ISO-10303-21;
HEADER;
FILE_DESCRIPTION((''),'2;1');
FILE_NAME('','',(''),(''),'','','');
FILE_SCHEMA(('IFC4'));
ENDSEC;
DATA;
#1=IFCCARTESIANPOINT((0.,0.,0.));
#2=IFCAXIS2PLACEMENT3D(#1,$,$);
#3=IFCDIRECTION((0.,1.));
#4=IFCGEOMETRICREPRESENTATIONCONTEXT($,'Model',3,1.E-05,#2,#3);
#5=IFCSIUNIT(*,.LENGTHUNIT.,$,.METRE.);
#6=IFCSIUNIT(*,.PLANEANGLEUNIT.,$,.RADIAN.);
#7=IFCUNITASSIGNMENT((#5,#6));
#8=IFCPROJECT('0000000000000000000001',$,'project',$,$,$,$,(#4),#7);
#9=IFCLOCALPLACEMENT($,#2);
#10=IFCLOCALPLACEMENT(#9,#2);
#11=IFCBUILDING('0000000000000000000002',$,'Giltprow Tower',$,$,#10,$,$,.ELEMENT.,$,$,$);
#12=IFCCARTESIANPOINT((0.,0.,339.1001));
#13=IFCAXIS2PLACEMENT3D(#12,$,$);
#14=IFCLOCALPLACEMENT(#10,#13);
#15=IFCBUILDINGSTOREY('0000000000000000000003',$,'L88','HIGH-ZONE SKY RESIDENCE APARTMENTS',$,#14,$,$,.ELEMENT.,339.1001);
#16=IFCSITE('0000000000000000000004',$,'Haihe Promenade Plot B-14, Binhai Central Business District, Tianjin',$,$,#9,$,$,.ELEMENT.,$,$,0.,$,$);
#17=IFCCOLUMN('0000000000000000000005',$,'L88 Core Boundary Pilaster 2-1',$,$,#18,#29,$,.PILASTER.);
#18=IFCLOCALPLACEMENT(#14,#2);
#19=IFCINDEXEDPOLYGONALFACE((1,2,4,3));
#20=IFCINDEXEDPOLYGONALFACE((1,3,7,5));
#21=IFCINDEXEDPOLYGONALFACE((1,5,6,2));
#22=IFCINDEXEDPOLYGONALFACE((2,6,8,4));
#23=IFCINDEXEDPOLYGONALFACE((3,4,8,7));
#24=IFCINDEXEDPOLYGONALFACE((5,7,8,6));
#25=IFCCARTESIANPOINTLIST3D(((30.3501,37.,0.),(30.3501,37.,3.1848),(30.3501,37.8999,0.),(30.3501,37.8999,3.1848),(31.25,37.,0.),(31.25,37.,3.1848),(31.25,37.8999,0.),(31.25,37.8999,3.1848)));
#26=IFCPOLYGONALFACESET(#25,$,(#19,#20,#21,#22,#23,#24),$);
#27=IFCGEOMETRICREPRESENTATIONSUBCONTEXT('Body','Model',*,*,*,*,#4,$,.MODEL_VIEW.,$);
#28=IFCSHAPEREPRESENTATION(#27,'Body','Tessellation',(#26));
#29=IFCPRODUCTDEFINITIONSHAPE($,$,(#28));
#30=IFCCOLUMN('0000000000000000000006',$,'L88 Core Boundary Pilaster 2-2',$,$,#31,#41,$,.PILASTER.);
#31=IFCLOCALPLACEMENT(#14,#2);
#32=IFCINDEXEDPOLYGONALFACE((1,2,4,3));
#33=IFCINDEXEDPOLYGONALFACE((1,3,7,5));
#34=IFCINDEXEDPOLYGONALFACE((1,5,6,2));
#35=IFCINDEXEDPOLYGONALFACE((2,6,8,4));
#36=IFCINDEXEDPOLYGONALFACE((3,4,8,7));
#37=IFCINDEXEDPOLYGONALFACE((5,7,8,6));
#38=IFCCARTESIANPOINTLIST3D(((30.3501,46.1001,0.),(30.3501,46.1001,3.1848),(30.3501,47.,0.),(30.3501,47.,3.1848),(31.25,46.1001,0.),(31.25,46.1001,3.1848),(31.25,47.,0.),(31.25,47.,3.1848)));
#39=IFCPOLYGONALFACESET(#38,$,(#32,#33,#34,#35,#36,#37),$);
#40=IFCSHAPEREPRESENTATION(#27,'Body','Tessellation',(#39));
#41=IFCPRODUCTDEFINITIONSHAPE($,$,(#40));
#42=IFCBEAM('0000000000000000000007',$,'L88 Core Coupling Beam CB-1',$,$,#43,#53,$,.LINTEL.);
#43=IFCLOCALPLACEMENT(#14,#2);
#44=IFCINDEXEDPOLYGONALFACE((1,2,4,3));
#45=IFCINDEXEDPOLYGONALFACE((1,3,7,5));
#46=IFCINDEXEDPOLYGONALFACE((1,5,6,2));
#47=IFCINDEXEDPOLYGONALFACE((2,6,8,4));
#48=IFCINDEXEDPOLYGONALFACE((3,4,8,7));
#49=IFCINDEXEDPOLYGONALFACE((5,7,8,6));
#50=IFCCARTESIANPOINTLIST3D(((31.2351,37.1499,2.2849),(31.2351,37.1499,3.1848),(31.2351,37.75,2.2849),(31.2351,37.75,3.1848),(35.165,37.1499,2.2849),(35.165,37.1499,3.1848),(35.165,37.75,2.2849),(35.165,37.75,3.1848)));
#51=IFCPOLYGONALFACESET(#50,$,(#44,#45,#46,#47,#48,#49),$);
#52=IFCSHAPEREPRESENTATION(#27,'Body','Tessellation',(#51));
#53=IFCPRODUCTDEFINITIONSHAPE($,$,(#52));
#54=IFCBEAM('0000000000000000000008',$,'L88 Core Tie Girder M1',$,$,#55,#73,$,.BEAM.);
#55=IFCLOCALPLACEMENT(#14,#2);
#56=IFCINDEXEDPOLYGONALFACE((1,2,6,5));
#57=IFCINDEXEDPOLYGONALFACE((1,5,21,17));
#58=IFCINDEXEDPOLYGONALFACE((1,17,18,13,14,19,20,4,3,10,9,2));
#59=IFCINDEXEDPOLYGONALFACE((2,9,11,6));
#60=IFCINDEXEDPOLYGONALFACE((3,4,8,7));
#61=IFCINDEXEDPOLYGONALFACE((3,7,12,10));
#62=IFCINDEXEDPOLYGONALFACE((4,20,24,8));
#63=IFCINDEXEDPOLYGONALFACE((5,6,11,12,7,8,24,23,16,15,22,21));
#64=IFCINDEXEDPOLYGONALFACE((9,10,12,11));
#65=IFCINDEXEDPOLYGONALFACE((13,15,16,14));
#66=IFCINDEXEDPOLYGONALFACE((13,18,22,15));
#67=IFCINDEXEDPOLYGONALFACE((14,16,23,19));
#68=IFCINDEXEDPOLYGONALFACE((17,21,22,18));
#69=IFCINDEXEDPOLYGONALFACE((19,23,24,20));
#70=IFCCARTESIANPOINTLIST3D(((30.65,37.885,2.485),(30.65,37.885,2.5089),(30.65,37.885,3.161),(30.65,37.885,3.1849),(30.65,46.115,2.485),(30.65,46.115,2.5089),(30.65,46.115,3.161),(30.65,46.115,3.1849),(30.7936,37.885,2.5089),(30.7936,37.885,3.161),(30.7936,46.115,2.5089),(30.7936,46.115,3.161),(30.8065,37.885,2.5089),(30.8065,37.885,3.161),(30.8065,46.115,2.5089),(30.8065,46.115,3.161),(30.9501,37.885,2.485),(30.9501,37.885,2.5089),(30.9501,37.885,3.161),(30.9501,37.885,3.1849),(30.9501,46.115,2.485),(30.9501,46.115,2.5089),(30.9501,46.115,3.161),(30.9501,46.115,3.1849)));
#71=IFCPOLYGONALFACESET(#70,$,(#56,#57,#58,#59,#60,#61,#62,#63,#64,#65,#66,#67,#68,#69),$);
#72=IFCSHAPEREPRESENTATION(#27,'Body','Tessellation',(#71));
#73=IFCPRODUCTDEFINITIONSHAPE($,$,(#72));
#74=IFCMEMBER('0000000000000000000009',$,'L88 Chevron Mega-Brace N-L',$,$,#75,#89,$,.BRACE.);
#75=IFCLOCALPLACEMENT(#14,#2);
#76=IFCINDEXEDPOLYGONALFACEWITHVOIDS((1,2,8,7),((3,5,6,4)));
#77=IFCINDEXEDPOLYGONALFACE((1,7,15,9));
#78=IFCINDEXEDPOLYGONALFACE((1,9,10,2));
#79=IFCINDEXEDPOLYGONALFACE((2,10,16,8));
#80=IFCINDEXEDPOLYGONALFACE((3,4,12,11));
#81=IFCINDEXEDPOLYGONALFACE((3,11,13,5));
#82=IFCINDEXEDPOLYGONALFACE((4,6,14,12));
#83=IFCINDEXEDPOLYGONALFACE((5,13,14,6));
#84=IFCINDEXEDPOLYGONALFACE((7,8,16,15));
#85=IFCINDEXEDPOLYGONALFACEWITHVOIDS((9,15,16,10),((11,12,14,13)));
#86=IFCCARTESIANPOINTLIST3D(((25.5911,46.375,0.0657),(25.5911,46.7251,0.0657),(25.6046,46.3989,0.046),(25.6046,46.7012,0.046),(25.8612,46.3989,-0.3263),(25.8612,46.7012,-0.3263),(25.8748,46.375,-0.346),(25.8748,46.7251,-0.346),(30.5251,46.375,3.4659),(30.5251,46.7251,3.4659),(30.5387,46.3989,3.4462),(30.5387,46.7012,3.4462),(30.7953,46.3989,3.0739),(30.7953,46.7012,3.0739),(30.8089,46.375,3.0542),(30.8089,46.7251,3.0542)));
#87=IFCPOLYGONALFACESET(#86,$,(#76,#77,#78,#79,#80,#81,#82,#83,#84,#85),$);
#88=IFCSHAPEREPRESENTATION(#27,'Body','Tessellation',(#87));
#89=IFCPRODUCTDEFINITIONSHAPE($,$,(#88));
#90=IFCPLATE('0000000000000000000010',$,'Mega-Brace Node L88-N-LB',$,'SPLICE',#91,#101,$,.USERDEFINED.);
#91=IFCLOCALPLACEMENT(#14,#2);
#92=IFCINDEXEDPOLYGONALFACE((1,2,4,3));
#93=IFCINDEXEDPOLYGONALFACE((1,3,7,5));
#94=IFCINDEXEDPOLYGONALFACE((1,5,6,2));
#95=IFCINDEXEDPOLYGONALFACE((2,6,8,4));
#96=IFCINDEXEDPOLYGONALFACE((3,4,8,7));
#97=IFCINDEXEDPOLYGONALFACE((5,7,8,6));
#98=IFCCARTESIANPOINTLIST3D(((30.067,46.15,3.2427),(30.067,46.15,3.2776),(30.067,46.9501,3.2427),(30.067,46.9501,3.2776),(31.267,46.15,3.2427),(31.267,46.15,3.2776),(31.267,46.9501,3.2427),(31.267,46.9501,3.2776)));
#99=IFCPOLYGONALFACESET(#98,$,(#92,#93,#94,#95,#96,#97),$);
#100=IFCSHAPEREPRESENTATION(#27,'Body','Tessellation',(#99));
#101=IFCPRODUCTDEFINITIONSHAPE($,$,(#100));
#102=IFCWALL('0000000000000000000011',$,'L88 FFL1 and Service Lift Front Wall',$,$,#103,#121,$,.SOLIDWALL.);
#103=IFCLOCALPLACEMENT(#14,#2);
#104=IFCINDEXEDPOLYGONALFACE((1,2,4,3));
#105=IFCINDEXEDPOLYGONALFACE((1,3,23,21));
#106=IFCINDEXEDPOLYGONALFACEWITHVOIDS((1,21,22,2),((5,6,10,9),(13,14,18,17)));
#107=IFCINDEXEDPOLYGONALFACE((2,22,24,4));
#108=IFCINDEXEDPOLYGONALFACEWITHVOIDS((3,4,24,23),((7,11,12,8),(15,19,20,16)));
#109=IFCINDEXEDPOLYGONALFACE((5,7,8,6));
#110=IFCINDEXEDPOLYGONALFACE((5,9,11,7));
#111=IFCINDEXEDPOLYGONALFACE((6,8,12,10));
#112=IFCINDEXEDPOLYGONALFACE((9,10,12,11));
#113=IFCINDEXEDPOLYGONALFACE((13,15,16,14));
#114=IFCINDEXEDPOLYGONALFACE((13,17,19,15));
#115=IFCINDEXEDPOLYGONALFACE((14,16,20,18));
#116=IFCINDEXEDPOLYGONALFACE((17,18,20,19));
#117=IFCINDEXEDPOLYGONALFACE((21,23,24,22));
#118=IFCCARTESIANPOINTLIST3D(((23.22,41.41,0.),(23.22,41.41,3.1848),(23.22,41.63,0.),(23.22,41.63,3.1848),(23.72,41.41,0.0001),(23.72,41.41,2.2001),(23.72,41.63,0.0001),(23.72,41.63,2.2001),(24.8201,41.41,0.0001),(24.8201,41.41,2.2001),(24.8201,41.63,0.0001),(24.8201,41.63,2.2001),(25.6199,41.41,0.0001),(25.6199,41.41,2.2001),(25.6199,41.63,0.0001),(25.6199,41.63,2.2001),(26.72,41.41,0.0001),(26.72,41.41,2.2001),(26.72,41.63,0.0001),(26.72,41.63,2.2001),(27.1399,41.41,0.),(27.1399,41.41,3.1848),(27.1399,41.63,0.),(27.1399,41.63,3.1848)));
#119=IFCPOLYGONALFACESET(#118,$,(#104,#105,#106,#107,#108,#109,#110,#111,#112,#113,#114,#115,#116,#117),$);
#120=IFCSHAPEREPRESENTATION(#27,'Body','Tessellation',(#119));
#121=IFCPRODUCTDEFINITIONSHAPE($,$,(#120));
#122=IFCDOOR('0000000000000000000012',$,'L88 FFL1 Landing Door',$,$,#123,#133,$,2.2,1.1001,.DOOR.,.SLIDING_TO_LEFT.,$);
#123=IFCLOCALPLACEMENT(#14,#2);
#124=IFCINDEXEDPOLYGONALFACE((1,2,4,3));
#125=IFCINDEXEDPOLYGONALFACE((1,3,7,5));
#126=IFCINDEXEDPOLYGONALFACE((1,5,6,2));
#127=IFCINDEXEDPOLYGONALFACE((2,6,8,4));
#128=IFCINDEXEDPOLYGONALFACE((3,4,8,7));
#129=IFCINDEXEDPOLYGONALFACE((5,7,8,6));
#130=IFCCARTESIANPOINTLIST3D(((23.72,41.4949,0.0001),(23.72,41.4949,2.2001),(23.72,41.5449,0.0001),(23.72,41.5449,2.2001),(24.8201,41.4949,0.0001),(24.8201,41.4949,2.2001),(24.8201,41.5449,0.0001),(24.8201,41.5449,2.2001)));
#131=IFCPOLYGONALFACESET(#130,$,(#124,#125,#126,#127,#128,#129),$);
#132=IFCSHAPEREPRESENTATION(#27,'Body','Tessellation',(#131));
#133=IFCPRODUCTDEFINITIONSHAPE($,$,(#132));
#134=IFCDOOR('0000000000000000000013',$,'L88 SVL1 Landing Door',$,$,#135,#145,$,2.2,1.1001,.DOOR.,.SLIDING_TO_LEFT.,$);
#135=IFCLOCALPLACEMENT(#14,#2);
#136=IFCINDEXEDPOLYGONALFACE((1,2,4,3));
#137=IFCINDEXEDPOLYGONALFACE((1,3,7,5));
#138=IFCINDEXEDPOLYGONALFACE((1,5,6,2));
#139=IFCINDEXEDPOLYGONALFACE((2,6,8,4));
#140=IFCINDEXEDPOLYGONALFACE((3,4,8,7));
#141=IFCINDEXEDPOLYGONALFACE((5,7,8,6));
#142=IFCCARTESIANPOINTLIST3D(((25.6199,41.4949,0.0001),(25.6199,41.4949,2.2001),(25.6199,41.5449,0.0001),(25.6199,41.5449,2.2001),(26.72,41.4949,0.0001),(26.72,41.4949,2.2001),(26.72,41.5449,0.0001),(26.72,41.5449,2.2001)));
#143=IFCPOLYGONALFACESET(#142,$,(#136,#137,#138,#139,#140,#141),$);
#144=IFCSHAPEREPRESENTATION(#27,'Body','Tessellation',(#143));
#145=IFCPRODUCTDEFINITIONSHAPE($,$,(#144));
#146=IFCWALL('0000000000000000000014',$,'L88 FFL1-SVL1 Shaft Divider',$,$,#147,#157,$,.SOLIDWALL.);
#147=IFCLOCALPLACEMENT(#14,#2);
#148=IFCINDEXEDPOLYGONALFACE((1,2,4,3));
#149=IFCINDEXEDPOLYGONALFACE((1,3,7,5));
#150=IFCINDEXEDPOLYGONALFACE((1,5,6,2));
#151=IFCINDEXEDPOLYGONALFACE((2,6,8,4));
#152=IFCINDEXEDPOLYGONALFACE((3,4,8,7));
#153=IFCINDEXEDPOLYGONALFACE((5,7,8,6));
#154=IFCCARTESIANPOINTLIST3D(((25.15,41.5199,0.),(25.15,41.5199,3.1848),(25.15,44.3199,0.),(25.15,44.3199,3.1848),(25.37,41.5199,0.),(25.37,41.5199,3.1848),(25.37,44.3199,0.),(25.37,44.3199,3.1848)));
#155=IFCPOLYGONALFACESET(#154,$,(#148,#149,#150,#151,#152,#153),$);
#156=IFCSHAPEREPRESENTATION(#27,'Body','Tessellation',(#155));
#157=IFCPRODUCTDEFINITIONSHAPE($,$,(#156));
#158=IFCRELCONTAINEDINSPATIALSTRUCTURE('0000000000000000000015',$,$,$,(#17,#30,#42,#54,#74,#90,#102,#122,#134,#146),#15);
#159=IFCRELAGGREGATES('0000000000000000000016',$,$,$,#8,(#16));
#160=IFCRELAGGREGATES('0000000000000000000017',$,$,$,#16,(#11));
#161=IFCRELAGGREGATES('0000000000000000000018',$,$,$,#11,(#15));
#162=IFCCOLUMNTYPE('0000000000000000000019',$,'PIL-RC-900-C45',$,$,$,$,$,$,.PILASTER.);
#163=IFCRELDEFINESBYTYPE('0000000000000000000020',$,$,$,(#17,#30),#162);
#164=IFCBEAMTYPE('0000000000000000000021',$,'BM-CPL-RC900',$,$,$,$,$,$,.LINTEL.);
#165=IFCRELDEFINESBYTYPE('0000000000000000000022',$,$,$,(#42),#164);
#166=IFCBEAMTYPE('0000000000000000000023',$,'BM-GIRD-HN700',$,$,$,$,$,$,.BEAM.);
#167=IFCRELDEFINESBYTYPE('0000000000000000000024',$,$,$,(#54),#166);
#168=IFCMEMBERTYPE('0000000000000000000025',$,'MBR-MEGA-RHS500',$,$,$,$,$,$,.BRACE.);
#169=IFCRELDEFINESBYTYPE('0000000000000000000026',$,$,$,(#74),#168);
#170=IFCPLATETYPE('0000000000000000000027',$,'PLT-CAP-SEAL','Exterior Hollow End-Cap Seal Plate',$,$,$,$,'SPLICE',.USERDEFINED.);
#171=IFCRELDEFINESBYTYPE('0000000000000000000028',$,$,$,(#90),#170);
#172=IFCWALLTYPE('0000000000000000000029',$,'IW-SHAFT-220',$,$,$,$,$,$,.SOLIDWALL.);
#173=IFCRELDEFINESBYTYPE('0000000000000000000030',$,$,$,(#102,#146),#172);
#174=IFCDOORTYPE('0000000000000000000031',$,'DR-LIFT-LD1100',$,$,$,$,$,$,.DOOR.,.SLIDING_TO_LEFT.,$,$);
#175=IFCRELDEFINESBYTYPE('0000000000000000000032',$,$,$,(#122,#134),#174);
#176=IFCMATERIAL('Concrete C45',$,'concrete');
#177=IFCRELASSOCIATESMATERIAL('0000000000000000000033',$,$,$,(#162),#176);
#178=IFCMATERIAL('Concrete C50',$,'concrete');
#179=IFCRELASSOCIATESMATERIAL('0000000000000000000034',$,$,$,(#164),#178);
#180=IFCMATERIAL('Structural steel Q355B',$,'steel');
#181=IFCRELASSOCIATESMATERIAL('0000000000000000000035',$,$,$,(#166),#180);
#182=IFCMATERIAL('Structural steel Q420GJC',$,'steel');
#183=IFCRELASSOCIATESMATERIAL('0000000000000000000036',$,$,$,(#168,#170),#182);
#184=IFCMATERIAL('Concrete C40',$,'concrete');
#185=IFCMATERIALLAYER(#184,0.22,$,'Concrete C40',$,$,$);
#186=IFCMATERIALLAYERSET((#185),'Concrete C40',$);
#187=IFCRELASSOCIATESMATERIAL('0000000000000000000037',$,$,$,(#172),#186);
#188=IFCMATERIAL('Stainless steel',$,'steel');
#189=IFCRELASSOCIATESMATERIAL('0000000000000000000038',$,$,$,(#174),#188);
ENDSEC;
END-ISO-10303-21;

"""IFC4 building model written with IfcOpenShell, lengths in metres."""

from ifc_helpers import new_model, si_unit, direction, frame, frame_2d, origin, origin_2d, place, context, subcontext, project, spatial, rectangle, hollow_rectangle, i_section, extrude, source, transform, mapped, material, layer, layer_set, material_profile, profile_set, type_object, element, fill, save


model = new_model("IFC4")

# Units and contexts
model_context = context("Model", 3, precision=1e-05, world=origin(), true_north=direction((0.0, 1.0)))
body_context = subcontext(model_context, "Body", "Model", "MODEL_VIEW")
ifc_project = project(units=[si_unit("LENGTHUNIT", "METRE"), si_unit("PLANEANGLEUNIT", "RADIAN")], contexts=[model_context])

# Site, building, storey
site_placement = place(None, origin())
site = spatial("IfcSite", under=ifc_project, at=site_placement, Name="Haihe Promenade Plot B-14, Binhai Central Business District, Tianjin", CompositionType="ELEMENT", RefElevation=0.0)
building_placement = place(site_placement, origin())
building = spatial("IfcBuilding", under=site, at=building_placement, Name="Giltprow Tower", CompositionType="ELEMENT")
storey_placement = place(building_placement, frame((0.0, 0.0, 339.1001)))
storey = spatial("IfcBuildingStorey", under=building, at=storey_placement, Name="L88", Description="HIGH-ZONE SKY RESIDENCE APARTMENTS", CompositionType="ELEMENT", Elevation=339.1001)

# Columns
ifc_material_1 = material(Name="Concrete C45", Category="concrete")
ifc_material_profile_1 = material_profile(ifc_material_1, rectangle(XDim=0.8999, YDim=0.8999, at=origin_2d()), Name="RC 900x900")
ifc_profile_set_1 = profile_set([ifc_material_profile_1], Name="Concrete C45")
column_type = type_object("IfcColumnType", Name="PIL-RC-900-C45", PredefinedType="PILASTER", material=ifc_profile_set_1)
shared_shape_1 = source(origin(), body_context, "Body", "SweptSolid", [
    extrude(rectangle(XDim=0.8999, YDim=0.8999, at=origin_2d()), origin(), (0.0, 0.0, 1.0), 3.1848),
])
for number, where, z_axis, x_axis, name in (
    (1, (30.8, 37.45, 0.0), (0.0, 0.0, 1.0), (1.0, 0.0, 0.0), "L88 Core Boundary Pilaster 2-1"),
    (2, (30.8, 46.55, 0.0), (0.0, 0.0, 1.0), (1.0, 0.0, 0.0), "L88 Core Boundary Pilaster 2-2"),
):
    element("IfcColumn", number, at=place(storey_placement, frame(where, z_axis=z_axis, x_axis=x_axis)), inside=storey, type_object=column_type, Name=name, PredefinedType="PILASTER", context=body_context, shape_type="MappedRepresentation", body=[
        mapped(shared_shape_1, transform((0.0, 0.0, 0.0), x_axis=(1.0, 0.0, 0.0), y_axis=(0.0, 1.0, 0.0), z_axis=(0.0, 0.0, 1.0), scale=1.0)),
    ])

# Beams
ifc_material_2 = material(Name="Concrete C50", Category="concrete")
ifc_material_profile_2 = material_profile(ifc_material_2, rectangle(XDim=0.6001, YDim=0.8999, at=origin_2d()), Name="RC 900x600")
ifc_profile_set_2 = profile_set([ifc_material_profile_2], Name="Concrete C50")
beam_type_1 = type_object("IfcBeamType", Name="BM-CPL-RC900", PredefinedType="LINTEL", material=ifc_profile_set_2)
shared_shape_2 = source(origin(), body_context, "Body", "SweptSolid", [
    extrude(rectangle(XDim=0.6001, YDim=0.8999, at=origin_2d()), origin(), (0.0, 0.0, 1.0), 3.9299),
])
beam_1_placement = place(storey_placement, frame((31.2351, 37.45, 2.7349), z_axis=(1.0, 0.0, 0.0), x_axis=(0.0, 1.0, 0.0)))
element("IfcBeam", 3, at=beam_1_placement, inside=storey, type_object=beam_type_1, Name="L88 Core Coupling Beam CB-1", PredefinedType="LINTEL", context=body_context, shape_type="MappedRepresentation", body=[
    mapped(shared_shape_2, transform((0.0, 0.0, 0.0), x_axis=(1.0, 0.0, 0.0), y_axis=(0.0, 1.0, 0.0), z_axis=(0.0, 0.0, 1.0), scale=1.0)),
])
ifc_material_3 = material(Name="Structural steel Q355B", Category="steel")
ifc_material_profile_3 = material_profile(ifc_material_3, i_section(OverallWidth=0.3, OverallDepth=0.7, WebThickness=0.0129, FlangeThickness=0.0239, at=origin_2d()), Name="HN 700x300x13x24")
ifc_profile_set_3 = profile_set([ifc_material_profile_3], Name="Structural steel Q355B")
beam_type_2 = type_object("IfcBeamType", Name="BM-GIRD-HN700", PredefinedType="BEAM", material=ifc_profile_set_3)
shared_shape_3 = source(origin(), body_context, "Body", "SweptSolid", [
    extrude(i_section(OverallWidth=0.3, OverallDepth=0.7, WebThickness=0.0129, FlangeThickness=0.0239, at=origin_2d()), origin(), (0.0, 0.0, 1.0), 8.23),
])
beam_2_placement = place(storey_placement, frame((30.8, 37.885, 2.835), z_axis=(0.0, 1.0, 0.0), x_axis=(-1.0, 0.0, 0.0)))
element("IfcBeam", 4, at=beam_2_placement, inside=storey, type_object=beam_type_2, Name="L88 Core Tie Girder M1", PredefinedType="BEAM", context=body_context, shape_type="MappedRepresentation", body=[
    mapped(shared_shape_3, transform((0.0, 0.0, 0.0), x_axis=(1.0, 0.0, 0.0), y_axis=(0.0, 1.0, 0.0), z_axis=(0.0, 0.0, 1.0), scale=1.0)),
])

# Member
ifc_material_4 = material(Name="Structural steel Q420GJC", Category="steel")
ifc_material_profile_4 = material_profile(ifc_material_4, hollow_rectangle(XDim=0.3501, YDim=0.5, WallThickness=0.0239, at=origin_2d()), Name="RHS 500x350x24")
ifc_profile_set_4 = profile_set([ifc_material_profile_4], Name="Structural steel Q420GJC")
member_type = type_object("IfcMemberType", Name="MBR-MEGA-RHS500", PredefinedType="BRACE", material=ifc_profile_set_4)
shared_shape_4 = source(origin(), body_context, "Body", "SweptSolid", [
    extrude(hollow_rectangle(XDim=0.3501, YDim=0.5, WallThickness=0.0239, at=origin_2d()), origin(), (0.0, 0.0, 1.0), 5.9922),
])
member_placement = place(storey_placement, frame((25.7329, 46.55, -0.1401), z_axis=(0.823421, 0.0, 0.567431), x_axis=(0.0, 1.0, 0.0)))
element("IfcMember", 5, at=member_placement, inside=storey, type_object=member_type, Name="L88 Chevron Mega-Brace N-L", PredefinedType="BRACE", context=body_context, shape_type="MappedRepresentation", body=[
    mapped(shared_shape_4, transform((0.0, 0.0, 0.0), x_axis=(1.0, 0.0, 0.0), y_axis=(0.0, 1.0, 0.0), z_axis=(0.0, 0.0, 1.0), scale=1.0)),
])

# Plate
plate_type = type_object("IfcPlateType", Name="PLT-CAP-SEAL", Description="Exterior Hollow End-Cap Seal Plate", ElementType="SPLICE", PredefinedType="USERDEFINED", material=ifc_material_4)
shared_shape_5 = source(origin(), body_context, "Body", "SweptSolid", [
    extrude(rectangle(XDim=1.2, YDim=0.8, at=origin_2d()), origin(), (0.0, 0.0, 1.0), 0.0349),
])
plate_placement = place(storey_placement, frame((30.667, 46.55, 3.2427), z_axis=(0.0, 0.0, 1.0), x_axis=(1.0, 0.0, 0.0)))
element("IfcPlate", 6, at=plate_placement, inside=storey, type_object=plate_type, Name="Mega-Brace Node L88-N-LB", ObjectType="SPLICE", PredefinedType="USERDEFINED", context=body_context, shape_type="MappedRepresentation", body=[
    mapped(shared_shape_5, transform((0.0, 0.0, 0.0), x_axis=(1.0, 0.0, 0.0), y_axis=(0.0, 1.0, 0.0), z_axis=(0.0, 0.0, 1.0), scale=1.0)),
])

# Wall, openings, doors
ifc_material_5 = material(Name="Concrete C40", Category="concrete")
ifc_layer_1 = layer(ifc_material_5, 0.22, Name="Concrete C40")
ifc_layer_set_1 = layer_set([ifc_layer_1], Name="Concrete C40")
wall_type_1 = type_object("IfcWallType", Name="IW-SHAFT-220", PredefinedType="SOLIDWALL", material=ifc_layer_set_1)
wall_1_placement = place(storey_placement, frame((23.22, 41.52, 0.0), z_axis=(0.0, 0.0, 1.0), x_axis=(1.0, 0.0, 0.0)))
wall_1 = element("IfcWall", 7, at=wall_1_placement, inside=storey, type_object=wall_type_1, Name="L88 FFL1 and Service Lift Front Wall", PredefinedType="SOLIDWALL", context=body_context, shape_type="SweptSolid", body=[
    extrude(rectangle(XDim=3.9199, YDim=0.22, at=frame_2d((1.96, 0.0))), origin(), (0.0, 0.0, 1.0), 3.1848),
])
opening_1_placement = place(wall_1_placement, frame((0.5, 0.0, 0.0)))
opening_1 = element("IfcOpeningElement", 8, at=opening_1_placement, cuts=wall_1, PredefinedType="OPENING", context=body_context, shape_type="SweptSolid", body=[
    extrude(rectangle(XDim=1.1001, YDim=2.2, at=frame_2d((0.55, 1.1001))), frame((0.0, 0.1199, 0.0), z_axis=(0.0, -1.0, 0.0), x_axis=(1.0, 0.0, 0.0)), (0.0, 0.0, 1.0), 0.24),
])
opening_2_placement = place(wall_1_placement, frame((2.3999, 0.0, 0.0)))
opening_2 = element("IfcOpeningElement", 9, at=opening_2_placement, cuts=wall_1, PredefinedType="OPENING", context=body_context, shape_type="SweptSolid", body=[
    extrude(rectangle(XDim=1.1001, YDim=2.2, at=frame_2d((0.55, 1.1001))), frame((0.0, 0.1199, 0.0), z_axis=(0.0, -1.0, 0.0), x_axis=(1.0, 0.0, 0.0)), (0.0, 0.0, 1.0), 0.24),
])
ifc_material_6 = material(Name="Stainless steel", Category="steel")
door_type_1 = type_object("IfcDoorType", Name="DR-LIFT-LD1100", OperationType="SLIDING_TO_LEFT", PredefinedType="DOOR", material=ifc_material_6)
shared_shape_6 = source(origin(), body_context, "Body", "SweptSolid", [
    extrude(rectangle(XDim=1.1001, YDim=2.2, at=frame_2d((0.55, 1.1001))), frame((0.0, 0.0249, 0.0), z_axis=(0.0, -1.0, 0.0), x_axis=(1.0, 0.0, 0.0)), (0.0, 0.0, 1.0), 0.05),
])
door_1_placement = place(opening_1_placement, origin())
door_1 = element("IfcDoor", 10, at=door_1_placement, inside=storey, type_object=door_type_1, Name="L88 FFL1 Landing Door", OperationType="SLIDING_TO_LEFT", OverallHeight=2.2, OverallWidth=1.1001, PredefinedType="DOOR", context=body_context, shape_type="MappedRepresentation", body=[
    mapped(shared_shape_6, transform((0.0, 0.0, 0.0), x_axis=(1.0, 0.0, 0.0), y_axis=(0.0, 1.0, 0.0), z_axis=(0.0, 0.0, 1.0), scale=1.0)),
])
fill(opening_1, door_1)
door_2_placement = place(opening_2_placement, origin())
door_2 = element("IfcDoor", 11, at=door_2_placement, inside=storey, type_object=door_type_1, Name="L88 SVL1 Landing Door", OperationType="SLIDING_TO_LEFT", OverallHeight=2.2, OverallWidth=1.1001, PredefinedType="DOOR", context=body_context, shape_type="MappedRepresentation", body=[
    mapped(shared_shape_6, transform((0.0, 0.0, 0.0), x_axis=(1.0, 0.0, 0.0), y_axis=(0.0, 1.0, 0.0), z_axis=(0.0, 0.0, 1.0), scale=1.0)),
])
fill(opening_2, door_2)

# Wall
wall_2_placement = place(storey_placement, frame((25.26, 41.52, 0.0), z_axis=(0.0, 0.0, 1.0), x_axis=(0.0, 1.0, 0.0)))
element("IfcWall", 12, at=wall_2_placement, inside=storey, type_object=wall_type_1, Name="L88 FFL1-SVL1 Shaft Divider", PredefinedType="SOLIDWALL", context=body_context, shape_type="SweptSolid", body=[
    extrude(rectangle(XDim=2.8, YDim=0.22, at=frame_2d((1.3999, 0.0))), origin(), (0.0, 0.0, 1.0), 3.1848),
])

save(model, "model.ifc")
